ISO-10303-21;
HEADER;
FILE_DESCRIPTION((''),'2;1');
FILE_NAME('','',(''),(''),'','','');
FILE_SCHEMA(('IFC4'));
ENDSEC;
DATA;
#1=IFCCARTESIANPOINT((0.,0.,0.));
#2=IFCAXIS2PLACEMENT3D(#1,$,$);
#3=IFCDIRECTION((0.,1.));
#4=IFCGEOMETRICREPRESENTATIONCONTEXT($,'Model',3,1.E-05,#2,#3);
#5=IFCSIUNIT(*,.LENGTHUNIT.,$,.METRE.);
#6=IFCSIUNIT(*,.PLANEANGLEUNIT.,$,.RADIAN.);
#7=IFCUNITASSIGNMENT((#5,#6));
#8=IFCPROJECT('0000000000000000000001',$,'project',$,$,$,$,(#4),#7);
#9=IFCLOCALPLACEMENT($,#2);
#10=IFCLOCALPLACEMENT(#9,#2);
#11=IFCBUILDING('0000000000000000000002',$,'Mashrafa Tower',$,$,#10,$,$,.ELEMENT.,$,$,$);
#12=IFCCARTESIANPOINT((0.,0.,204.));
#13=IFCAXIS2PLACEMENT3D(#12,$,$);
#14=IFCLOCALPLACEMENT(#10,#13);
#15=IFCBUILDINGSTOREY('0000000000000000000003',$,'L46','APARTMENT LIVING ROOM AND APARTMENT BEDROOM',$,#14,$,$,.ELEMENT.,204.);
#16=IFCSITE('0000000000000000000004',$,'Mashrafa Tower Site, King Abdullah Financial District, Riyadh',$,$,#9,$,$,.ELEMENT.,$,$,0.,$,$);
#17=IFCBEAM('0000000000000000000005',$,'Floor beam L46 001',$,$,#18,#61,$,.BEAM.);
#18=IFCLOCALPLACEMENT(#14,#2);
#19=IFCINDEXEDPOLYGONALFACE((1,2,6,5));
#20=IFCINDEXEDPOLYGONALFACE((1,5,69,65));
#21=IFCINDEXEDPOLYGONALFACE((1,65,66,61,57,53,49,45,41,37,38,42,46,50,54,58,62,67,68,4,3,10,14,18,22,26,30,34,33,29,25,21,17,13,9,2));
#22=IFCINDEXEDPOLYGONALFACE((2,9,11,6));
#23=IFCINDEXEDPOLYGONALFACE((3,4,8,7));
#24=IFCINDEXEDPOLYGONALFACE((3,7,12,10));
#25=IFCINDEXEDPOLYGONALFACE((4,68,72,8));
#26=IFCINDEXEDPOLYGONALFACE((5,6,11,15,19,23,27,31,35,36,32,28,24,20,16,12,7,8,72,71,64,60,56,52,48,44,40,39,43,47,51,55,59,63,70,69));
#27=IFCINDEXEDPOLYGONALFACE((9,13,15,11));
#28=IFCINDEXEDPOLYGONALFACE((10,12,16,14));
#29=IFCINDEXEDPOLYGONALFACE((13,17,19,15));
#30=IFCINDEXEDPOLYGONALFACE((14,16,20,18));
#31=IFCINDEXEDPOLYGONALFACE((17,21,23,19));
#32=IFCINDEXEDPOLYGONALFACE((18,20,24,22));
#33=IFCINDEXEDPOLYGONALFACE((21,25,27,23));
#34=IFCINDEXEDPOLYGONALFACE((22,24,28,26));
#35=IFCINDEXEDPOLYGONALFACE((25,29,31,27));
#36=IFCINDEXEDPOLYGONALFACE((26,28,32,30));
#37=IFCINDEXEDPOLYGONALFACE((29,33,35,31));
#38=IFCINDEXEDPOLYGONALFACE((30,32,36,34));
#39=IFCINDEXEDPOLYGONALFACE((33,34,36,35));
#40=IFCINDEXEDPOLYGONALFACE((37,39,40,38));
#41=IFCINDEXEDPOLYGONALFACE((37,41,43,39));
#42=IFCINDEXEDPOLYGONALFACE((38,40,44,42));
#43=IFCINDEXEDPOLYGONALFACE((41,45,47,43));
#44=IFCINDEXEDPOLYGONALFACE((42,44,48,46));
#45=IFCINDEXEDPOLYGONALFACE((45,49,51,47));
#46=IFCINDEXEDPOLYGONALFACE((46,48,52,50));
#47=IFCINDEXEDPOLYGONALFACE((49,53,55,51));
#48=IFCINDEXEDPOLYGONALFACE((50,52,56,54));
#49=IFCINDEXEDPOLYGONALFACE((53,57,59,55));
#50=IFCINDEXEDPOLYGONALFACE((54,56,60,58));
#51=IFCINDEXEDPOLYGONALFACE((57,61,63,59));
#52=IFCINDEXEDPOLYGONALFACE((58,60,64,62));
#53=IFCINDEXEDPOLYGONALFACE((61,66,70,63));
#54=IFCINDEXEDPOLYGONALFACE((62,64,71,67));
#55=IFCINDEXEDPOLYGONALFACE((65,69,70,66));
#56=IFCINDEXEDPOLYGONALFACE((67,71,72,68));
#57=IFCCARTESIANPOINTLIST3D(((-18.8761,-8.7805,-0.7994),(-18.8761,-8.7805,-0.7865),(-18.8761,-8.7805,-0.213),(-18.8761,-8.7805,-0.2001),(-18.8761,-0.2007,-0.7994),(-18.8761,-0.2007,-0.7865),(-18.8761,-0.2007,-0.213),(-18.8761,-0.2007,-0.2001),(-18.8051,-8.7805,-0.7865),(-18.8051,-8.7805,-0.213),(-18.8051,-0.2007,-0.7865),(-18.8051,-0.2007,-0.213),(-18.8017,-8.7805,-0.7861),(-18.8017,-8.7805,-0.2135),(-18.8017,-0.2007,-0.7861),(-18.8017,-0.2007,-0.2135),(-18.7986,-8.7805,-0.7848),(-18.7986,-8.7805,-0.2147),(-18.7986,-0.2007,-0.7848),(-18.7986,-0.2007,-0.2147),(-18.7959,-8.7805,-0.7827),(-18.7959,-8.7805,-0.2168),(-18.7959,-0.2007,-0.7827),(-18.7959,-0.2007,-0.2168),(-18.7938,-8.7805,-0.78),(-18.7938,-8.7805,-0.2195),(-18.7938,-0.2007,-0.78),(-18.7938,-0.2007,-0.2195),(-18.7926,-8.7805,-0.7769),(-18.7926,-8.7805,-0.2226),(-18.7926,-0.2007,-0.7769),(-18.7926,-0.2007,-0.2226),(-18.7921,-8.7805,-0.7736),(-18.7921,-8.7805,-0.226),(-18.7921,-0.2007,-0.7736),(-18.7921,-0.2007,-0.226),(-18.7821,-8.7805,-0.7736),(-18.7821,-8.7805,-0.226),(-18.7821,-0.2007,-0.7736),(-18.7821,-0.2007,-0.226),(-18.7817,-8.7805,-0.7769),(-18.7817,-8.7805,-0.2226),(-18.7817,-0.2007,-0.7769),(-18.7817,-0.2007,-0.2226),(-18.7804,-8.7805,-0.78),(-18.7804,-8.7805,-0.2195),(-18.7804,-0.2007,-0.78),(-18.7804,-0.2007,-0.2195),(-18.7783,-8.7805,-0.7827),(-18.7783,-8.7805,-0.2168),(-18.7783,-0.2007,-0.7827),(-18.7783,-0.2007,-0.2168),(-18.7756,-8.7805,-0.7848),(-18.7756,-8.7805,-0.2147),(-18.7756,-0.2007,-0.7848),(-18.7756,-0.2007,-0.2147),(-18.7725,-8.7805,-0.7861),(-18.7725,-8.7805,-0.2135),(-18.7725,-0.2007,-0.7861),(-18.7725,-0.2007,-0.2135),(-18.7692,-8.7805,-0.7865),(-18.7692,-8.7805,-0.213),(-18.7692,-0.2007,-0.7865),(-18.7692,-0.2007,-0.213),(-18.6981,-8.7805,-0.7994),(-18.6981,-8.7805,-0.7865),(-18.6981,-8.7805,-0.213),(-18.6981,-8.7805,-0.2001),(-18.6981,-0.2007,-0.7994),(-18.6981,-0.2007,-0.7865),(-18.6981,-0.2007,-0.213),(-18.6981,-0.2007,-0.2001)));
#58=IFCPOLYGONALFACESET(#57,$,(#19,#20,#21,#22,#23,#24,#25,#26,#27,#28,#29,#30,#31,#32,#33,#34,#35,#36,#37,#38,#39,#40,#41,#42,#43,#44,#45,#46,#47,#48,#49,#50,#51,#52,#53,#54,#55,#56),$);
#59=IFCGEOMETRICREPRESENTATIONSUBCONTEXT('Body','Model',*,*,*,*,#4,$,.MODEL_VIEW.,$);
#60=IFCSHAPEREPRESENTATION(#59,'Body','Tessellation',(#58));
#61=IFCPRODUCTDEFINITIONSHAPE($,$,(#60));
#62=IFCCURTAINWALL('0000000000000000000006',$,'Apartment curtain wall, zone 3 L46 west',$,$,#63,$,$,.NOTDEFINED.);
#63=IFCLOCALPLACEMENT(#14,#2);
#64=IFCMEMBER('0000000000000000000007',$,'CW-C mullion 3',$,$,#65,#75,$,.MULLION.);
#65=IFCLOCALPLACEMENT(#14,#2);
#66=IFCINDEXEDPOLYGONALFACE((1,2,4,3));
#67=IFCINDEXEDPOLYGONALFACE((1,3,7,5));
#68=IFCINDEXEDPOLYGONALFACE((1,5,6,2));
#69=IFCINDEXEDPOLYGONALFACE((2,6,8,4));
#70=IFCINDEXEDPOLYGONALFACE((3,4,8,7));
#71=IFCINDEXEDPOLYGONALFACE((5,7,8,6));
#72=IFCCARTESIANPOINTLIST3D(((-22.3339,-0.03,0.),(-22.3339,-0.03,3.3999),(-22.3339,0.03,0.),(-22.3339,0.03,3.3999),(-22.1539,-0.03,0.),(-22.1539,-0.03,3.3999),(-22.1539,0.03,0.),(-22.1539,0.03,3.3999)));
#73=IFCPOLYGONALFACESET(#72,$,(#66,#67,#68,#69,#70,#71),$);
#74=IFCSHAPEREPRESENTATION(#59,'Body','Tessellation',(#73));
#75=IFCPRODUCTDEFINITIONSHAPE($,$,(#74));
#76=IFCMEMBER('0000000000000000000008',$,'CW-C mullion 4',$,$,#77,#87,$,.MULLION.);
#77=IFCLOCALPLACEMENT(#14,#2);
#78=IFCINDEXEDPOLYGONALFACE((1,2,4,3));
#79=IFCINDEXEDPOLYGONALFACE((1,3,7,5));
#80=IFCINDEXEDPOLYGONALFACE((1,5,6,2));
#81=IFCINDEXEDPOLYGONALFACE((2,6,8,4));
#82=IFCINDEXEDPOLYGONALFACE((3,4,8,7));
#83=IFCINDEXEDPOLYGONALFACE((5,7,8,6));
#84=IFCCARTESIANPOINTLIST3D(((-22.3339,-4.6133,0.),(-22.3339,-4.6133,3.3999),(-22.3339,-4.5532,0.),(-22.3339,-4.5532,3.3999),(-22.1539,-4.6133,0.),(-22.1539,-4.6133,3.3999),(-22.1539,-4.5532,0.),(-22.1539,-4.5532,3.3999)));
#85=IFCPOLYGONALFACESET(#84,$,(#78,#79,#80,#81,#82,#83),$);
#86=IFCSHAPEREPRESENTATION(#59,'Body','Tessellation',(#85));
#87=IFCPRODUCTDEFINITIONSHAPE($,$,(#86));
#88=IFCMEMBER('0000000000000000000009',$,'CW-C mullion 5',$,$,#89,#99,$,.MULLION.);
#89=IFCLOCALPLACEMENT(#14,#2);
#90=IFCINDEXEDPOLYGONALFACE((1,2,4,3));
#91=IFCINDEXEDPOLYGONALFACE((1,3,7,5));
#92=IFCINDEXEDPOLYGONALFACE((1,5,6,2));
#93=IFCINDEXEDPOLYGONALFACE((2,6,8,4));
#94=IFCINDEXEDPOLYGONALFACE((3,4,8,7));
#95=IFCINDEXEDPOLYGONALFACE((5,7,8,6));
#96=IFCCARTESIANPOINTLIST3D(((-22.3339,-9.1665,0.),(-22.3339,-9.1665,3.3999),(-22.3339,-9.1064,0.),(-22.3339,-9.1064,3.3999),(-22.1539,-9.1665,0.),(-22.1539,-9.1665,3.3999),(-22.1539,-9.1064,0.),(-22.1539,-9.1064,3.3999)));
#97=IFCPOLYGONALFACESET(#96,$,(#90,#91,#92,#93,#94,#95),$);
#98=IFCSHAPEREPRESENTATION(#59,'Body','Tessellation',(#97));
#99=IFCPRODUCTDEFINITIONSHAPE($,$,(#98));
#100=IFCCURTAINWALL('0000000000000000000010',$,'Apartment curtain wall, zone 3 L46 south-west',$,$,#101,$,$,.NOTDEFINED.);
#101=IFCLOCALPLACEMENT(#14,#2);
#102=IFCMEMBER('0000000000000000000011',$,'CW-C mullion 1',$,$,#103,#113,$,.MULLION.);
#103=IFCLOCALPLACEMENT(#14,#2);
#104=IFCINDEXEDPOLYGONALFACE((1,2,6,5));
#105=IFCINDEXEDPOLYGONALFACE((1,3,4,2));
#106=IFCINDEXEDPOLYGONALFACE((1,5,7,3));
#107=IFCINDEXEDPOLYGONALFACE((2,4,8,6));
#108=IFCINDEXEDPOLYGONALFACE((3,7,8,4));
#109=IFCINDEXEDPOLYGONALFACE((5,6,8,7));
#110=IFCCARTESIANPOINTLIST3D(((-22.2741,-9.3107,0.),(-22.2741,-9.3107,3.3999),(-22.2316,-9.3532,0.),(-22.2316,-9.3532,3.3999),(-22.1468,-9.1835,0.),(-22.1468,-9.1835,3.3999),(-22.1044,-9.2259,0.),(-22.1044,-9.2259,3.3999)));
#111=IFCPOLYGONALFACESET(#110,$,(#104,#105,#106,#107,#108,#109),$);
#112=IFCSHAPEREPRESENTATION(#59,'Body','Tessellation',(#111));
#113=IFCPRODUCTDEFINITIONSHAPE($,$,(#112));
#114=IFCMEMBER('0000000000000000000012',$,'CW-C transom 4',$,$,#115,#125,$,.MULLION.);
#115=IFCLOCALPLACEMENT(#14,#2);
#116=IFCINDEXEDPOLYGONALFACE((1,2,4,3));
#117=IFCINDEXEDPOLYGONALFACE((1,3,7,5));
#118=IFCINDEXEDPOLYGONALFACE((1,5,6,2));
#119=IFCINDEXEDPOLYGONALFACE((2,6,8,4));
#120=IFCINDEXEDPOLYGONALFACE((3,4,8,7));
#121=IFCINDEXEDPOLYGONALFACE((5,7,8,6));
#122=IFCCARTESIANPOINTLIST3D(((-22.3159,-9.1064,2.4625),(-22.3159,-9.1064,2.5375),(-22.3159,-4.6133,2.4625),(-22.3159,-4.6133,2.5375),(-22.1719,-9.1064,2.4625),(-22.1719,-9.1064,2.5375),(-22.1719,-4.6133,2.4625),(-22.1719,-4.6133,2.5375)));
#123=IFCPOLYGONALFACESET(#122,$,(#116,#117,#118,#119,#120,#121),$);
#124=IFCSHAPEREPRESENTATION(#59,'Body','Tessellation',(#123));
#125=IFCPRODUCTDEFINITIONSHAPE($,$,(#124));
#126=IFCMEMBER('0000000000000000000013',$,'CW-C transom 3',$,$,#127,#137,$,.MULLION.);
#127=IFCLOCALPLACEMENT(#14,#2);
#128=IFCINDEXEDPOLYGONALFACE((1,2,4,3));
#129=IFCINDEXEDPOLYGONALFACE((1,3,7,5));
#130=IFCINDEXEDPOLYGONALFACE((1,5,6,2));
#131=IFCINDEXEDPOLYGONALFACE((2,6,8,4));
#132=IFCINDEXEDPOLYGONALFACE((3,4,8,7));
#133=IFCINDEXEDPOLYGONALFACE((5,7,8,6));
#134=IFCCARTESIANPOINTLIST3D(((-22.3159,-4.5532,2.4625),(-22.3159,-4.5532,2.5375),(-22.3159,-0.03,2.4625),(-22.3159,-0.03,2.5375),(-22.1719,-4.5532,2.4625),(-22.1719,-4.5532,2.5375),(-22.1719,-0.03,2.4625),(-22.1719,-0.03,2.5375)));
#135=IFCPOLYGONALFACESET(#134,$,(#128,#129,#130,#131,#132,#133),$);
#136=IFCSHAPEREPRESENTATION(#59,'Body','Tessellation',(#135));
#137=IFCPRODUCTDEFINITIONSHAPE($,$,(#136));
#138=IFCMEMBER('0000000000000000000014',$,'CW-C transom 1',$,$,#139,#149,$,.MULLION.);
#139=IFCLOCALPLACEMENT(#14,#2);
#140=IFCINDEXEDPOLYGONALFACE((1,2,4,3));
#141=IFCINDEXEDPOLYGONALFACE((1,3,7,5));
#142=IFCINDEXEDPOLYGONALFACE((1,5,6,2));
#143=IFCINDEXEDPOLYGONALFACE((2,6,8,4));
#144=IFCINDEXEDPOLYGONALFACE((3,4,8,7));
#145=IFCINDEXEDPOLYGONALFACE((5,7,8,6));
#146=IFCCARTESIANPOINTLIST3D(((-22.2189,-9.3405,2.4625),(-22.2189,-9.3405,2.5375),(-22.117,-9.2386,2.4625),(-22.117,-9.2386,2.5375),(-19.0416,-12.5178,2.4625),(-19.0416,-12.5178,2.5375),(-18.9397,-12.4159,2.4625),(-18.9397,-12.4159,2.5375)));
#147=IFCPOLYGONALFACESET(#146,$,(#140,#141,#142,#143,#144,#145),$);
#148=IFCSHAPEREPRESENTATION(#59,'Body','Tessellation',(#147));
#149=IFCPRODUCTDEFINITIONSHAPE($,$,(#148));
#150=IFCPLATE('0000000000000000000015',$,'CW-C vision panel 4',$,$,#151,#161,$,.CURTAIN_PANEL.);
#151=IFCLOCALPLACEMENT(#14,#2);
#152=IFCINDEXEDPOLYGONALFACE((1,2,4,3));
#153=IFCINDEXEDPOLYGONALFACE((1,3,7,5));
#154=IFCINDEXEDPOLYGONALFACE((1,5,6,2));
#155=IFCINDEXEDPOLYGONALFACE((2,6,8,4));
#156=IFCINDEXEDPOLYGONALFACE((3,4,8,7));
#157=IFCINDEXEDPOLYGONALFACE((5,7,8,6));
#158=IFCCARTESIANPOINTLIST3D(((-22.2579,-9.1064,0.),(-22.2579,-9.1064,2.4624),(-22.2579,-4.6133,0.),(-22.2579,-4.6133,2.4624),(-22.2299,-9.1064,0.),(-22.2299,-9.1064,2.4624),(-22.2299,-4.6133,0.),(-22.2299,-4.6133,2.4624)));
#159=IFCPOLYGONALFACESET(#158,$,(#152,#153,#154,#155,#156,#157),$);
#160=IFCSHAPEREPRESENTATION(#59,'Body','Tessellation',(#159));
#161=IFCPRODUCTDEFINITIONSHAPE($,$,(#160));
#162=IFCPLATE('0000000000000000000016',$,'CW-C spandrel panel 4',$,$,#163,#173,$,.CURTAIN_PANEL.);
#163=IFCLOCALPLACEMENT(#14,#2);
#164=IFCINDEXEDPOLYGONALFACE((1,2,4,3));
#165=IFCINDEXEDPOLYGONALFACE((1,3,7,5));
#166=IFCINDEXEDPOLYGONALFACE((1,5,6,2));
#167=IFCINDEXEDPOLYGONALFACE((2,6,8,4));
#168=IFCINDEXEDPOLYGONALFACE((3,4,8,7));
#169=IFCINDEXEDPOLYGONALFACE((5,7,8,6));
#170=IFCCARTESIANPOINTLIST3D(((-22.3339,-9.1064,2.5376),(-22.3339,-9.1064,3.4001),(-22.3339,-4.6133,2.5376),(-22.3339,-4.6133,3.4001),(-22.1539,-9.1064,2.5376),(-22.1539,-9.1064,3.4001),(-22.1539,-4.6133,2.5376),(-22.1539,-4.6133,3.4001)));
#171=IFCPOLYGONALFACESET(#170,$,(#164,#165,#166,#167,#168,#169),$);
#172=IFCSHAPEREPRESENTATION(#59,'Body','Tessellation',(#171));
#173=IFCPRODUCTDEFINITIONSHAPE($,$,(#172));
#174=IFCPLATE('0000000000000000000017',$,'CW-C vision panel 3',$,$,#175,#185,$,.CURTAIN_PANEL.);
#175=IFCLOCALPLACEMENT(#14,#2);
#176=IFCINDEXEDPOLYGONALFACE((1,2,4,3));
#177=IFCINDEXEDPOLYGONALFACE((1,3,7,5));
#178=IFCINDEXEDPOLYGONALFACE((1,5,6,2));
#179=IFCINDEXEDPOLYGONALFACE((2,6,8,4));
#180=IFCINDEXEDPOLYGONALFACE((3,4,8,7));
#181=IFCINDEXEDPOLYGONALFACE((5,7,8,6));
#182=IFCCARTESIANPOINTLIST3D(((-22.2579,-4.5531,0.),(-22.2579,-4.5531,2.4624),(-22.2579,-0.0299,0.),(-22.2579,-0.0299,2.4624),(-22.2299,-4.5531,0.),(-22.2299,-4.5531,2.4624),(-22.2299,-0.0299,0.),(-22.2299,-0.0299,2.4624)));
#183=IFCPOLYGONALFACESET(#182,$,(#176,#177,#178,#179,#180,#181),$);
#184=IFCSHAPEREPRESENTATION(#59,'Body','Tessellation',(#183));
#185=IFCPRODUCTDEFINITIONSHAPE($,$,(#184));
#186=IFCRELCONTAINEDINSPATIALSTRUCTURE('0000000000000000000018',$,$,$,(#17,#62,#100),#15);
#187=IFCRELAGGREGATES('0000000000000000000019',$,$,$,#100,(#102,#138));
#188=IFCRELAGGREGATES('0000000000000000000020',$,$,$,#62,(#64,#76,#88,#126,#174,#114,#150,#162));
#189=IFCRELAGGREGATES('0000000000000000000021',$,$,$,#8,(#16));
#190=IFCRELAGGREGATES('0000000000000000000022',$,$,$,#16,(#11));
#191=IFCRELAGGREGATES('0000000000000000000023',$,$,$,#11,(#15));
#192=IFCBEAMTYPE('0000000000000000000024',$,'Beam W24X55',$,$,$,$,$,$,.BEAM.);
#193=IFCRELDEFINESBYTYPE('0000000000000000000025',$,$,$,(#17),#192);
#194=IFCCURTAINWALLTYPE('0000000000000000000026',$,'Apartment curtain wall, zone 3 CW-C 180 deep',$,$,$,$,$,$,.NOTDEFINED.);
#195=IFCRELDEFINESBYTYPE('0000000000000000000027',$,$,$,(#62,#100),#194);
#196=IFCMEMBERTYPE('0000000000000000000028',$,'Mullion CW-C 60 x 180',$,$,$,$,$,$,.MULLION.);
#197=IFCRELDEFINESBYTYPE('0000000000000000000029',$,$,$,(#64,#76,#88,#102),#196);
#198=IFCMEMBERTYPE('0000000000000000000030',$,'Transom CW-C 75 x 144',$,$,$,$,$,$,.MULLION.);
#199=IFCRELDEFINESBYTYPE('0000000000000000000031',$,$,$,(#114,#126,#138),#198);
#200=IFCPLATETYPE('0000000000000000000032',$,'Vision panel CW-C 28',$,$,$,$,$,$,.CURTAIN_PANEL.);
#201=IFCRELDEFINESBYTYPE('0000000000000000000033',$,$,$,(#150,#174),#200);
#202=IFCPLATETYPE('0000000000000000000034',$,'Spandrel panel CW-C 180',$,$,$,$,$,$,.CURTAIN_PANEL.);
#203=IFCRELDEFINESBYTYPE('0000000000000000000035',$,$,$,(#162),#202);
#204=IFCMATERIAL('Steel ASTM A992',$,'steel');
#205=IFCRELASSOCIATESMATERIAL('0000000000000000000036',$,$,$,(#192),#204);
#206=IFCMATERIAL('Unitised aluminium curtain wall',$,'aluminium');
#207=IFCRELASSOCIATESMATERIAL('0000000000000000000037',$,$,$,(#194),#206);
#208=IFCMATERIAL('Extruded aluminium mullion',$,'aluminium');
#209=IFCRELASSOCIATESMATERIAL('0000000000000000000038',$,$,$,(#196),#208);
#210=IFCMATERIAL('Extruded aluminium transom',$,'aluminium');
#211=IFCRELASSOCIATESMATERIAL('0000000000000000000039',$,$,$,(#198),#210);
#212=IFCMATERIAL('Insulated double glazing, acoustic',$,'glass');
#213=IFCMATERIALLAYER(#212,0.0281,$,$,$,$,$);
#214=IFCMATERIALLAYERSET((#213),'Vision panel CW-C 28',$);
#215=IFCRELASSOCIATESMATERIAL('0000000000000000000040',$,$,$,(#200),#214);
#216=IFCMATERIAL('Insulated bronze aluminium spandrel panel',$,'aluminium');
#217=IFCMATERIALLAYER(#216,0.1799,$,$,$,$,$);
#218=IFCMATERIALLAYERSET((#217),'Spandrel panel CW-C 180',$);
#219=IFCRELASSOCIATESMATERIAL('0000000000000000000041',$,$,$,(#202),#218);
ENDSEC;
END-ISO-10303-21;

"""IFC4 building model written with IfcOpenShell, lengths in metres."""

from ifc_helpers import new_model, si_unit, direction, frame, origin, origin_2d, place, context, subcontext, project, spatial, rectangle, i_section, extrude, source, transform, mapped, material, layer, layer_set, material_profile, profile_set, type_object, type_shapes, element, aggregate, save


model = new_model("IFC4")

# Units and contexts
model_context = context("Model", 3, precision=1e-05, world=origin(), true_north=direction((0.0, 1.0)))
body_context = subcontext(model_context, "Body", "Model", "MODEL_VIEW")
ifc_project = project(units=[si_unit("LENGTHUNIT", "METRE"), si_unit("PLANEANGLEUNIT", "RADIAN")], contexts=[model_context])

# Site, building, storey
site_placement = place(None, origin())
site = spatial("IfcSite", under=ifc_project, at=site_placement, Name="Mashrafa Tower Site, King Abdullah Financial District, Riyadh", CompositionType="ELEMENT", RefElevation=0.0)
building_placement = place(site_placement, origin())
building = spatial("IfcBuilding", under=site, at=building_placement, Name="Mashrafa Tower", CompositionType="ELEMENT")
storey_placement = place(building_placement, frame((0.0, 0.0, 204.0)))
storey = spatial("IfcBuildingStorey", under=building, at=storey_placement, Name="L46", Description="APARTMENT LIVING ROOM AND APARTMENT BEDROOM", CompositionType="ELEMENT", Elevation=204.0)

# Beam
ifc_material_1 = material(Name="Steel ASTM A992", Category="steel")
ifc_material_profile_1 = material_profile(ifc_material_1, i_section(OverallWidth=0.178, OverallDepth=0.5994, WebThickness=0.01, FlangeThickness=0.0129, FilletRadius=0.0129, at=origin_2d()), Name="W24X55")
ifc_profile_set_1 = profile_set([ifc_material_profile_1], Name="Steel ASTM A992")
beam_type_1 = type_object("IfcBeamType", Name="Beam W24X55", PredefinedType="BEAM", material=ifc_profile_set_1)
beam_1_placement = place(storey_placement, frame((-18.7871, -8.7805, -0.4998), z_axis=(0.0, 1.0, 0.0), x_axis=(-1.0, 0.0, 0.0)))
element("IfcBeam", 1, at=beam_1_placement, inside=storey, type_object=beam_type_1, Name="Floor beam L46 001", PredefinedType="BEAM", context=body_context, shape_type="SweptSolid", body=[
    extrude(i_section(OverallWidth=0.178, OverallDepth=0.5994, WebThickness=0.01, FlangeThickness=0.0129, FilletRadius=0.0129, at=origin_2d()), origin(), (0.0, 0.0, 1.0), 8.5798),
])

# Curtain wall, members
ifc_material_2 = material(Name="Unitised aluminium curtain wall", Category="aluminium")
curtain_wall_type = type_object("IfcCurtainWallType", Name="Apartment curtain wall, zone 3 CW-C 180 deep", PredefinedType="NOTDEFINED", material=ifc_material_2)
curtain_wall_1_placement = place(storey_placement, origin())
curtain_wall_1 = element("IfcCurtainWall", 2, at=curtain_wall_1_placement, inside=storey, type_object=curtain_wall_type, Name="Apartment curtain wall, zone 3 L46 west", PredefinedType="NOTDEFINED")
ifc_material_3 = material(Name="Extruded aluminium mullion", Category="aluminium")
ifc_material_profile_2 = material_profile(ifc_material_3, rectangle(XDim=0.1799, YDim=0.0601, at=origin_2d()), Name="Mullion 60x180")
ifc_profile_set_2 = profile_set([ifc_material_profile_2], Name="Extruded aluminium mullion")
member_type_1 = type_object("IfcMemberType", Name="Mullion CW-C 60 x 180", PredefinedType="MULLION", material=ifc_profile_set_2)
shared_shape_1 = source(origin(), body_context, "Body", "SweptSolid", [
    extrude(rectangle(XDim=0.1799, YDim=0.0601, at=origin_2d()), origin(), (0.0, 0.0, 1.0), 3.3999),
])
type_shapes(member_type_1, [shared_shape_1])
member_1_placement = place(storey_placement, frame((-22.2439, 0.0, 0.0), z_axis=(0.0, 0.0, 1.0), x_axis=(1.0, 0.0, 0.0)))
member_1 = element("IfcMember", 3, at=member_1_placement, type_object=member_type_1, Name="CW-C mullion 3", PredefinedType="MULLION", context=body_context, shape_type="MappedRepresentation", body=[
    mapped(shared_shape_1, transform((0.0, 0.0, 0.0))),
])
member_2_placement = place(storey_placement, frame((-22.2439, -4.5833, 0.0), z_axis=(0.0, 0.0, 1.0), x_axis=(1.0, 0.0, 0.0)))
member_2 = element("IfcMember", 4, at=member_2_placement, type_object=member_type_1, Name="CW-C mullion 4", PredefinedType="MULLION", context=body_context, shape_type="MappedRepresentation", body=[
    mapped(shared_shape_1, transform((0.0, 0.0, 0.0))),
])
member_3_placement = place(storey_placement, frame((-22.2439, -9.1365, 0.0), z_axis=(0.0, 0.0, 1.0), x_axis=(1.0, 0.0, 0.0)))
member_3 = element("IfcMember", 5, at=member_3_placement, type_object=member_type_1, Name="CW-C mullion 5", PredefinedType="MULLION", context=body_context, shape_type="MappedRepresentation", body=[
    mapped(shared_shape_1, transform((0.0, 0.0, 0.0))),
])

# Curtain wall, member
curtain_wall_2_placement = place(storey_placement, origin())
curtain_wall_2 = element("IfcCurtainWall", 6, at=curtain_wall_2_placement, inside=storey, type_object=curtain_wall_type, Name="Apartment curtain wall, zone 3 L46 south-west", PredefinedType="NOTDEFINED")
member_4_placement = place(storey_placement, frame((-22.1892, -9.2683, 0.0), z_axis=(0.0, 0.0, 1.0), x_axis=(0.707107, 0.707107, 0.0)))
member_4 = element("IfcMember", 7, at=member_4_placement, type_object=member_type_1, Name="CW-C mullion 1", PredefinedType="MULLION", context=body_context, shape_type="MappedRepresentation", body=[
    mapped(shared_shape_1, transform((0.0, 0.0, 0.0))),
])

# Members
ifc_material_4 = material(Name="Extruded aluminium transom", Category="aluminium")
ifc_material_profile_3 = material_profile(ifc_material_4, rectangle(XDim=0.144, YDim=0.075, at=origin_2d()), Name="Transom 75x144")
ifc_profile_set_3 = profile_set([ifc_material_profile_3], Name="Extruded aluminium transom")
member_type_2 = type_object("IfcMemberType", Name="Transom CW-C 75 x 144", PredefinedType="MULLION", material=ifc_profile_set_3)
shared_shape_2 = source(origin(), body_context, "Body", "SweptSolid", [
    extrude(rectangle(XDim=0.144, YDim=0.075, at=origin_2d()), origin(), (0.0, 0.0, 1.0), 4.4932),
])
member_5_placement = place(storey_placement, frame((-22.2439, -4.6133, 2.5), z_axis=(0.0, -1.0, 0.0), x_axis=(1.0, 0.0, 0.0)))
member_5 = element("IfcMember", 8, at=member_5_placement, type_object=member_type_2, Name="CW-C transom 4", PredefinedType="MULLION", context=body_context, shape_type="MappedRepresentation", body=[
    mapped(shared_shape_2, transform((0.0, 0.0, 0.0))),
])
shared_shape_3 = source(origin(), body_context, "Body", "SweptSolid", [
    extrude(rectangle(XDim=0.144, YDim=0.075, at=origin_2d()), origin(), (0.0, 0.0, 1.0), 4.5232),
])
member_6_placement = place(storey_placement, frame((-22.2439, -0.03, 2.5), z_axis=(0.0, -1.0, 0.0), x_axis=(1.0, 0.0, 0.0)))
member_6 = element("IfcMember", 9, at=member_6_placement, type_object=member_type_2, Name="CW-C transom 3", PredefinedType="MULLION", context=body_context, shape_type="MappedRepresentation", body=[
    mapped(shared_shape_3, transform((0.0, 0.0, 0.0))),
])
shared_shape_4 = source(origin(), body_context, "Body", "SweptSolid", [
    extrude(rectangle(XDim=0.144, YDim=0.075, at=origin_2d()), origin(), (0.0, 0.0, 1.0), 4.4934),
])
type_shapes(member_type_2, [shared_shape_2, shared_shape_3, shared_shape_4])
member_7_placement = place(storey_placement, frame((-22.168, -9.2896, 2.5), z_axis=(0.707107, -0.707107, 0.0), x_axis=(0.707107, 0.707107, 0.0)))
member_7 = element("IfcMember", 10, at=member_7_placement, type_object=member_type_2, Name="CW-C transom 1", PredefinedType="MULLION", context=body_context, shape_type="MappedRepresentation", body=[
    mapped(shared_shape_4, transform((0.0, 0.0, 0.0))),
])
aggregate(curtain_wall_2, [member_4, member_7])

# Plates
ifc_material_5 = material(Name="Insulated double glazing, acoustic", Category="glass")
ifc_layer_1 = layer(ifc_material_5, 0.0281)
ifc_layer_set_1 = layer_set([ifc_layer_1], Name="Vision panel CW-C 28")
plate_type_1 = type_object("IfcPlateType", Name="Vision panel CW-C 28", PredefinedType="CURTAIN_PANEL", material=ifc_layer_set_1)
shared_shape_5 = source(origin(), body_context, "Body", "SweptSolid", [
    extrude(rectangle(XDim=4.4932, YDim=0.0281, at=origin_2d()), origin(), (0.0, 0.0, 1.0), 2.4624),
])
plate_1_placement = place(storey_placement, frame((-22.2439, -6.8599, 0.0), z_axis=(0.0, 0.0, 1.0), x_axis=(0.0, -1.0, 0.0)))
plate_1 = element("IfcPlate", 11, at=plate_1_placement, type_object=plate_type_1, Name="CW-C vision panel 4", PredefinedType="CURTAIN_PANEL", context=body_context, shape_type="MappedRepresentation", body=[
    mapped(shared_shape_5, transform((0.0, 0.0, 0.0))),
])
ifc_material_6 = material(Name="Insulated bronze aluminium spandrel panel", Category="aluminium")
ifc_layer_2 = layer(ifc_material_6, 0.1799)
ifc_layer_set_2 = layer_set([ifc_layer_2], Name="Spandrel panel CW-C 180")
plate_type_2 = type_object("IfcPlateType", Name="Spandrel panel CW-C 180", PredefinedType="CURTAIN_PANEL", material=ifc_layer_set_2)
shared_shape_6 = source(origin(), body_context, "Body", "SweptSolid", [
    extrude(rectangle(XDim=4.4932, YDim=0.1799, at=origin_2d()), origin(), (0.0, 0.0, 1.0), 0.8625),
])
plate_2_placement = place(storey_placement, frame((-22.2439, -6.8599, 2.5376), z_axis=(0.0, 0.0, 1.0), x_axis=(0.0, -1.0, 0.0)))
plate_2 = element("IfcPlate", 12, at=plate_2_placement, type_object=plate_type_2, Name="CW-C spandrel panel 4", PredefinedType="CURTAIN_PANEL", context=body_context, shape_type="MappedRepresentation", body=[
    mapped(shared_shape_6, transform((0.0, 0.0, 0.0))),
])
shared_shape_7 = source(origin(), body_context, "Body", "SweptSolid", [
    extrude(rectangle(XDim=4.5232, YDim=0.0281, at=origin_2d()), origin(), (0.0, 0.0, 1.0), 2.4624),
])
type_shapes(plate_type_1, [shared_shape_5, shared_shape_7])
plate_3_placement = place(storey_placement, frame((-22.2439, -2.2915, 0.0), z_axis=(0.0, 0.0, 1.0), x_axis=(0.0, -1.0, 0.0)))
plate_3 = element("IfcPlate", 13, at=plate_3_placement, type_object=plate_type_1, Name="CW-C vision panel 3", PredefinedType="CURTAIN_PANEL", context=body_context, shape_type="MappedRepresentation", body=[
    mapped(shared_shape_7, transform((0.0, 0.0, 0.0))),
])
aggregate(curtain_wall_1, [member_1, member_2, member_3, member_6, plate_3, member_5, plate_1, plate_2])

save(model, "model.ifc")
